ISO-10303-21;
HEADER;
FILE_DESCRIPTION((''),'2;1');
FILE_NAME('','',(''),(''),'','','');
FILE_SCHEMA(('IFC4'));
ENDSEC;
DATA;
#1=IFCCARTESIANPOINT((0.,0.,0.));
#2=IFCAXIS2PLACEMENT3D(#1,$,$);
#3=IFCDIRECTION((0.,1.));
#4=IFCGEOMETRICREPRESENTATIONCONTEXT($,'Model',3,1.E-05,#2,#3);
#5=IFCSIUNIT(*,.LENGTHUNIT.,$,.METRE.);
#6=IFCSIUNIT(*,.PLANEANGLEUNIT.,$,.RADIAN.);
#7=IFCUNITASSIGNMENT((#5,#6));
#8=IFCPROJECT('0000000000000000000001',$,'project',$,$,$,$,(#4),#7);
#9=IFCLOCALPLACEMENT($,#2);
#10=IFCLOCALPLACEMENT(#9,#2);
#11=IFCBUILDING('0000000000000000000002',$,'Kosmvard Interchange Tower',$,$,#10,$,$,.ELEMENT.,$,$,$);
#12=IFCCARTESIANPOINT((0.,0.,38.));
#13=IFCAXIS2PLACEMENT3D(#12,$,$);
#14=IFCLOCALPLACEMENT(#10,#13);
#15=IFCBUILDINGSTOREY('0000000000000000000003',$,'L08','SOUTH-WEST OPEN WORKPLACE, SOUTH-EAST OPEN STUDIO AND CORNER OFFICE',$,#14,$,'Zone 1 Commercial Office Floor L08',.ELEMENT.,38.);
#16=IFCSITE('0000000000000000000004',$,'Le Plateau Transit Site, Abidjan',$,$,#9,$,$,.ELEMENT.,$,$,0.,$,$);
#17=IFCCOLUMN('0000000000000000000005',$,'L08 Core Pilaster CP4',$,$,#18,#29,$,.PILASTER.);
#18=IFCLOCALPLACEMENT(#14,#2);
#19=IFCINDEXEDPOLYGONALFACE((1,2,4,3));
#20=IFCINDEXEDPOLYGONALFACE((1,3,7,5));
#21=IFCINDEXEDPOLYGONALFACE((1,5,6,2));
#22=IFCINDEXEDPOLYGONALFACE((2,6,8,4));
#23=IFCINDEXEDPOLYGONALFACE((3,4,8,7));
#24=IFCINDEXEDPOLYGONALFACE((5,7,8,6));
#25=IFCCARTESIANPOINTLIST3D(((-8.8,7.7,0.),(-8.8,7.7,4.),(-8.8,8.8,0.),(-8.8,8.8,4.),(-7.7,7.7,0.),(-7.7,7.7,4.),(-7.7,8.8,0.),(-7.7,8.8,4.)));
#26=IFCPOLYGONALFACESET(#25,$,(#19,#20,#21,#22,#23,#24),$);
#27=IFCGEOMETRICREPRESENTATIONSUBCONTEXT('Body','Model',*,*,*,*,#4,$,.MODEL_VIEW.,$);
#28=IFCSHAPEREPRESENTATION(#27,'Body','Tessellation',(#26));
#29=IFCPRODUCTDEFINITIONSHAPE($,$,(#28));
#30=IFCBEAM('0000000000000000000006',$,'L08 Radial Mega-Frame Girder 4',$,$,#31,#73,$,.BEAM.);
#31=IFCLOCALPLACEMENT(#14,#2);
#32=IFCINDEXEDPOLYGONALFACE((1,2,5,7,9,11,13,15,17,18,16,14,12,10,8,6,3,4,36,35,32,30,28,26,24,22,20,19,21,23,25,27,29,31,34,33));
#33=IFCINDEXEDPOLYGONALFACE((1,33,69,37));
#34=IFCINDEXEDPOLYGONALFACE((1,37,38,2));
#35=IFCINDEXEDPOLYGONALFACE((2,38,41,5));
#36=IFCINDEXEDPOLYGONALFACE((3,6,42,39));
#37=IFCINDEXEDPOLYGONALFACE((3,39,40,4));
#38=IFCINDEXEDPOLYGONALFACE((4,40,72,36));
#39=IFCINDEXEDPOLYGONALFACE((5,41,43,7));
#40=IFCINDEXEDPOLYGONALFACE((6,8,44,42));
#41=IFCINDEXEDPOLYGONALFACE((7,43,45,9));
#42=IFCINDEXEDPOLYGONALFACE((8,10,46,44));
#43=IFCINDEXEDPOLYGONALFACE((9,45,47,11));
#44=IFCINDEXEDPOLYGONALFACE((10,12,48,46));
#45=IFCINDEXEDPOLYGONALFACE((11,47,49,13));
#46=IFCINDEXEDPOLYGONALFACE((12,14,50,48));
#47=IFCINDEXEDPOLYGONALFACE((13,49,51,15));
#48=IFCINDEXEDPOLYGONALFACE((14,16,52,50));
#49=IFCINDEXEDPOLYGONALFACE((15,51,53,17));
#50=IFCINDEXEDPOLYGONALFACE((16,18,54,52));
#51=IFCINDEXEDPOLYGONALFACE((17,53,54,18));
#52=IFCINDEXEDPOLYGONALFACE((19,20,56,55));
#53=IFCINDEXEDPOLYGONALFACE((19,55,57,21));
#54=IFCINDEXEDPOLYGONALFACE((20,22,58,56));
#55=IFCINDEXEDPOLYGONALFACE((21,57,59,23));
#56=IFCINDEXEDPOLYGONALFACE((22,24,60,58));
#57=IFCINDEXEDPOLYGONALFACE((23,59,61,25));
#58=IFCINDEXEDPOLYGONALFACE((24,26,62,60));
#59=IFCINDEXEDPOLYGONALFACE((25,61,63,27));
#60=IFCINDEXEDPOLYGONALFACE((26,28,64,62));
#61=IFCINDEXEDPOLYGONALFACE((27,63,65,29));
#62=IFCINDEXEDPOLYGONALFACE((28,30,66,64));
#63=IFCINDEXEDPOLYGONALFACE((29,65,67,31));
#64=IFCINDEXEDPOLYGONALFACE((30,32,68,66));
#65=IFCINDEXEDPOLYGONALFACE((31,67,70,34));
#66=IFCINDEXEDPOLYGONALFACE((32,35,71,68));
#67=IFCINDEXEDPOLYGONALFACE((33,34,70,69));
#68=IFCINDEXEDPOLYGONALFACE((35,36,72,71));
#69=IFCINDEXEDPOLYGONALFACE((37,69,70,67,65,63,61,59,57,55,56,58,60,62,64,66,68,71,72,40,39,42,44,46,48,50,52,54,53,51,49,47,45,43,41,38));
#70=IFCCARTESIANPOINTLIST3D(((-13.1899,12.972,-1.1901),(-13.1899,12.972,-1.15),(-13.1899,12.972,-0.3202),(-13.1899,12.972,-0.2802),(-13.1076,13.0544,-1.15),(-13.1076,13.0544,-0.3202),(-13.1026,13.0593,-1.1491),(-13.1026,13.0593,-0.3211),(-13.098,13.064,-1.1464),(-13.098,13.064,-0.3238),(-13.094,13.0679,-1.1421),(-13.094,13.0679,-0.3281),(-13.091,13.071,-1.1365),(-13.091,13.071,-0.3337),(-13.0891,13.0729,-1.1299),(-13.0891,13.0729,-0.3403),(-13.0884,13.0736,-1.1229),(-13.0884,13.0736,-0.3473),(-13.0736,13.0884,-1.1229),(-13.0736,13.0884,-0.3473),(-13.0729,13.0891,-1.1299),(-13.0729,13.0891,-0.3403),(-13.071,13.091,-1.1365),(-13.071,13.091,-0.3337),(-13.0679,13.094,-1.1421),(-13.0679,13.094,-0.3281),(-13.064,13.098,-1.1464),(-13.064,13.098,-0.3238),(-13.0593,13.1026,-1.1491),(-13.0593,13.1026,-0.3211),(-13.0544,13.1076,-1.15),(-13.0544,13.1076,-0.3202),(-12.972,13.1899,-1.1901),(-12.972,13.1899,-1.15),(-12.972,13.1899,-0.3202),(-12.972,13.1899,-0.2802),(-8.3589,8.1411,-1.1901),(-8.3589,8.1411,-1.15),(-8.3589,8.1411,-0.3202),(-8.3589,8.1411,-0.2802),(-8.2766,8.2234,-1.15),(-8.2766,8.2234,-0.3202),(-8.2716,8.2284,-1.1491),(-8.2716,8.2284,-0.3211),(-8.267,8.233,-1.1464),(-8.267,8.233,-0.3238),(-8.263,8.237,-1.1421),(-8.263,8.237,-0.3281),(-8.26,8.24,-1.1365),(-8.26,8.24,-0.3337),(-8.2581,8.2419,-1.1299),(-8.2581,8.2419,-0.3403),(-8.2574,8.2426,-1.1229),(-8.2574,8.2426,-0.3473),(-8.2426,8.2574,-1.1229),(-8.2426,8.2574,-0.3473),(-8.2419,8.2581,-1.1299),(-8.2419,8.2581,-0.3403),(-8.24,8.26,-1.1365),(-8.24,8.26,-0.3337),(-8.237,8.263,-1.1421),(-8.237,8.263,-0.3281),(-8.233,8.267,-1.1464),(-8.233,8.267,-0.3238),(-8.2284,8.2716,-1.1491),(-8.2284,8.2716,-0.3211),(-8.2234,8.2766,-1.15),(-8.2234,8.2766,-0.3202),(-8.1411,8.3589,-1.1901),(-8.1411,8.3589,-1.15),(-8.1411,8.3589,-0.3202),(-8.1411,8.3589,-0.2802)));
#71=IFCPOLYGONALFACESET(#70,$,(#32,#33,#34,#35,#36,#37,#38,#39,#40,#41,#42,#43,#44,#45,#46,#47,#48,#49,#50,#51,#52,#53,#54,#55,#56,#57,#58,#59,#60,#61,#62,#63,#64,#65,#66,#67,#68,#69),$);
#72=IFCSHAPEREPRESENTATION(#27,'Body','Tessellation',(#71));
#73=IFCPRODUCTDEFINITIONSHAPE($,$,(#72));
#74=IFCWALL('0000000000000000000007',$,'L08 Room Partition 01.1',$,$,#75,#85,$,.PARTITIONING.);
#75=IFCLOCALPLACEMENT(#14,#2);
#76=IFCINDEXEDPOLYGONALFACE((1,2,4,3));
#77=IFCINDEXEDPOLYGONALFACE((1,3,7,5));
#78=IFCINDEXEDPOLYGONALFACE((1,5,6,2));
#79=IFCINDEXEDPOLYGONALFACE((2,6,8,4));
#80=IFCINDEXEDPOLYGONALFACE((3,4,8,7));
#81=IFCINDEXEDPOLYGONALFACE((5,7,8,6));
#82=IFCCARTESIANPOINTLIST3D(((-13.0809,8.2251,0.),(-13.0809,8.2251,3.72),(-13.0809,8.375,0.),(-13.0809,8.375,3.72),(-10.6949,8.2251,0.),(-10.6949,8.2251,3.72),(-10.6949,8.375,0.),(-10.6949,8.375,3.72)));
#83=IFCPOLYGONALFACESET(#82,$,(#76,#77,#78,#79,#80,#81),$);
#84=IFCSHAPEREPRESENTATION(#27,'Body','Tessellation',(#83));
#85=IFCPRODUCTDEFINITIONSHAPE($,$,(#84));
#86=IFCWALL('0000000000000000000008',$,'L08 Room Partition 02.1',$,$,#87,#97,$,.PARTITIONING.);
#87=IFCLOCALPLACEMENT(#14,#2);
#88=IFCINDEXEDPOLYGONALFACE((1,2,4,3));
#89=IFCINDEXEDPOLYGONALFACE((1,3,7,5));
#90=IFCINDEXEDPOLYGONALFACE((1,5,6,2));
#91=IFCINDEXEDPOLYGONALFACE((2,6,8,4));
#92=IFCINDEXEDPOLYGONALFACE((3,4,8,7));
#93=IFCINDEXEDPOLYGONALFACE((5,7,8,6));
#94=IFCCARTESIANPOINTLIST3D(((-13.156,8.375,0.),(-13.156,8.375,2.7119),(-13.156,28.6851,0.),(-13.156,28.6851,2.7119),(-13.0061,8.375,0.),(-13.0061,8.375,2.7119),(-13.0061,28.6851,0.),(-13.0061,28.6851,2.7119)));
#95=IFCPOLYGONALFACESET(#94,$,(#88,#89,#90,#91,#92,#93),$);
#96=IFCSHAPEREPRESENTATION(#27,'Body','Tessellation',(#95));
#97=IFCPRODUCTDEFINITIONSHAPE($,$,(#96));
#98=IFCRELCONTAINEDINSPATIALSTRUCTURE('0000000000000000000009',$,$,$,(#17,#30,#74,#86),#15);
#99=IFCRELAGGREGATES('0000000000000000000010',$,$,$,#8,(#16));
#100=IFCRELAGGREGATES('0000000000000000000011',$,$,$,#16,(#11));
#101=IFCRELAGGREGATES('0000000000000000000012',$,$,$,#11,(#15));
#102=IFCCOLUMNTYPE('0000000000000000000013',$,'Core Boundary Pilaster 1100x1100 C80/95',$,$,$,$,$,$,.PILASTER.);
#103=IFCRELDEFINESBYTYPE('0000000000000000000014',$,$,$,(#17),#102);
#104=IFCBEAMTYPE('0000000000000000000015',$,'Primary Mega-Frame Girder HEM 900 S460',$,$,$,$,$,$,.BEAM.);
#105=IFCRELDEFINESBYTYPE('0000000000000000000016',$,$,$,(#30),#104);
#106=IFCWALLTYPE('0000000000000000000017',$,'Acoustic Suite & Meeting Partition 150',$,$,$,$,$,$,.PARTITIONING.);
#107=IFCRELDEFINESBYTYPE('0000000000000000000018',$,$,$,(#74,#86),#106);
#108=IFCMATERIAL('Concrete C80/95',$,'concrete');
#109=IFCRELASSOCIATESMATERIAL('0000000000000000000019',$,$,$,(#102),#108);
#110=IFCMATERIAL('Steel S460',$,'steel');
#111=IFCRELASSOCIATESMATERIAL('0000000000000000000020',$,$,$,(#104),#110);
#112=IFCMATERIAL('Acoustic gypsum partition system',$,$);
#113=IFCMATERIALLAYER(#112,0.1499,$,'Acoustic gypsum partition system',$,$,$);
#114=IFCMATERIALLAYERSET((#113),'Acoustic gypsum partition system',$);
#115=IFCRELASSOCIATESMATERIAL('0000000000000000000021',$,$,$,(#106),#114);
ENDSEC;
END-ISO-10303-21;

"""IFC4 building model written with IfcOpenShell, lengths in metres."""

from ifc_helpers import new_model, si_unit, direction, frame, frame_2d, origin, origin_2d, place, context, subcontext, project, spatial, rectangle, i_section, extrude, source, transform, mapped, material, layer, layer_set, material_profile, profile_set, type_object, element, save


model = new_model("IFC4")

# Units and contexts
model_context = context("Model", 3, precision=1e-05, world=origin(), true_north=direction((0.0, 1.0)))
body_context = subcontext(model_context, "Body", "Model", "MODEL_VIEW")
ifc_project = project(units=[si_unit("LENGTHUNIT", "METRE"), si_unit("PLANEANGLEUNIT", "RADIAN")], contexts=[model_context])

# Site, building, storey
site_placement = place(None, origin())
site = spatial("IfcSite", under=ifc_project, at=site_placement, Name="Le Plateau Transit Site, Abidjan", CompositionType="ELEMENT", RefElevation=0.0)
building_placement = place(site_placement, origin())
building = spatial("IfcBuilding", under=site, at=building_placement, Name="Kosmvard Interchange Tower", CompositionType="ELEMENT")
storey_placement = place(building_placement, frame((0.0, 0.0, 38.0)))
storey = spatial("IfcBuildingStorey", under=building, at=storey_placement, Name="L08", Description="SOUTH-WEST OPEN WORKPLACE, SOUTH-EAST OPEN STUDIO AND CORNER OFFICE", LongName="Zone 1 Commercial Office Floor L08", CompositionType="ELEMENT", Elevation=38.0)

# Column
ifc_material_1 = material(Name="Concrete C80/95", Category="concrete")
ifc_material_profile_1 = material_profile(ifc_material_1, rectangle(XDim=1.1001, YDim=1.1001, at=origin_2d()), Name="CP 1100x1100")
ifc_profile_set_1 = profile_set([ifc_material_profile_1], Name="Concrete C80/95")
column_type = type_object("IfcColumnType", Name="Core Boundary Pilaster 1100x1100 C80/95", PredefinedType="PILASTER", material=ifc_profile_set_1)
shared_shape_1 = source(origin(), body_context, "Body", "SweptSolid", [
    extrude(rectangle(XDim=1.1001, YDim=1.1001, at=origin_2d()), origin(), (0.0, 0.0, 1.0), 4.0),
])
column_placement = place(storey_placement, frame((-8.25, 8.25, 0.0), z_axis=(0.0, 0.0, 1.0), x_axis=(1.0, 0.0, 0.0)))
element("IfcColumn", 1, at=column_placement, inside=storey, type_object=column_type, Name="L08 Core Pilaster CP4", PredefinedType="PILASTER", context=body_context, shape_type="MappedRepresentation", body=[
    mapped(shared_shape_1, transform((0.0, 0.0, 0.0), scale=1.0)),
])

# Beam
ifc_material_2 = material(Name="Steel S460", Category="steel")
ifc_material_profile_2 = material_profile(ifc_material_2, i_section(OverallWidth=0.3081, OverallDepth=0.9099, WebThickness=0.021, FlangeThickness=0.04, FilletRadius=0.0271, at=origin_2d()), Name="HEM 900")
ifc_profile_set_2 = profile_set([ifc_material_profile_2], Name="Steel S460")
beam_type = type_object("IfcBeamType", Name="Primary Mega-Frame Girder HEM 900 S460", PredefinedType="BEAM", material=ifc_profile_set_2)
shared_shape_2 = source(origin(), body_context, "Body", "SweptSolid", [
    extrude(i_section(OverallWidth=0.3081, OverallDepth=0.9099, WebThickness=0.021, FlangeThickness=0.04, FilletRadius=0.0271, at=origin_2d()), origin(), (0.0, 0.0, 1.0), 6.832),
])
beam_placement = place(storey_placement, frame((-8.25, 8.25, -0.7351), z_axis=(-0.707107, 0.707107, 0.0), x_axis=(-0.707107, -0.707107, 0.0)))
element("IfcBeam", 2, at=beam_placement, inside=storey, type_object=beam_type, Name="L08 Radial Mega-Frame Girder 4", PredefinedType="BEAM", context=body_context, shape_type="MappedRepresentation", body=[
    mapped(shared_shape_2, transform((0.0, 0.0, 0.0), scale=1.0)),
])

# Walls
ifc_material_3 = material(Name="Acoustic gypsum partition system")
ifc_layer_1 = layer(ifc_material_3, 0.1499, Name="Acoustic gypsum partition system")
ifc_layer_set_1 = layer_set([ifc_layer_1], Name="Acoustic gypsum partition system")
wall_type_1 = type_object("IfcWallType", Name="Acoustic Suite & Meeting Partition 150", PredefinedType="PARTITIONING", material=ifc_layer_set_1)
wall_1_placement = place(storey_placement, frame((-10.6951, 8.3, 0.0), z_axis=(0.0, 0.0, 1.0), x_axis=(-1.0, 0.0, 0.0)))
element("IfcWall", 3, at=wall_1_placement, inside=storey, type_object=wall_type_1, Name="L08 Room Partition 01.1", PredefinedType="PARTITIONING", context=body_context, shape_type="SweptSolid", body=[
    extrude(rectangle(XDim=2.386, YDim=0.1499, at=frame_2d((1.1929, 0.0))), origin(), (0.0, 0.0, 1.0), 3.72),
])
wall_2_placement = place(storey_placement, frame((-13.0811, 8.375, 0.0), z_axis=(0.0, 0.0, 1.0), x_axis=(0.0, 1.0, 0.0)))
element("IfcWall", 4, at=wall_2_placement, inside=storey, type_object=wall_type_1, Name="L08 Room Partition 02.1", PredefinedType="PARTITIONING", context=body_context, shape_type="SweptSolid", body=[
    extrude(rectangle(XDim=20.3101, YDim=0.1499, at=frame_2d((10.155, 0.0))), origin(), (0.0, 0.0, 1.0), 2.7119),
])

save(model, "model.ifc")
